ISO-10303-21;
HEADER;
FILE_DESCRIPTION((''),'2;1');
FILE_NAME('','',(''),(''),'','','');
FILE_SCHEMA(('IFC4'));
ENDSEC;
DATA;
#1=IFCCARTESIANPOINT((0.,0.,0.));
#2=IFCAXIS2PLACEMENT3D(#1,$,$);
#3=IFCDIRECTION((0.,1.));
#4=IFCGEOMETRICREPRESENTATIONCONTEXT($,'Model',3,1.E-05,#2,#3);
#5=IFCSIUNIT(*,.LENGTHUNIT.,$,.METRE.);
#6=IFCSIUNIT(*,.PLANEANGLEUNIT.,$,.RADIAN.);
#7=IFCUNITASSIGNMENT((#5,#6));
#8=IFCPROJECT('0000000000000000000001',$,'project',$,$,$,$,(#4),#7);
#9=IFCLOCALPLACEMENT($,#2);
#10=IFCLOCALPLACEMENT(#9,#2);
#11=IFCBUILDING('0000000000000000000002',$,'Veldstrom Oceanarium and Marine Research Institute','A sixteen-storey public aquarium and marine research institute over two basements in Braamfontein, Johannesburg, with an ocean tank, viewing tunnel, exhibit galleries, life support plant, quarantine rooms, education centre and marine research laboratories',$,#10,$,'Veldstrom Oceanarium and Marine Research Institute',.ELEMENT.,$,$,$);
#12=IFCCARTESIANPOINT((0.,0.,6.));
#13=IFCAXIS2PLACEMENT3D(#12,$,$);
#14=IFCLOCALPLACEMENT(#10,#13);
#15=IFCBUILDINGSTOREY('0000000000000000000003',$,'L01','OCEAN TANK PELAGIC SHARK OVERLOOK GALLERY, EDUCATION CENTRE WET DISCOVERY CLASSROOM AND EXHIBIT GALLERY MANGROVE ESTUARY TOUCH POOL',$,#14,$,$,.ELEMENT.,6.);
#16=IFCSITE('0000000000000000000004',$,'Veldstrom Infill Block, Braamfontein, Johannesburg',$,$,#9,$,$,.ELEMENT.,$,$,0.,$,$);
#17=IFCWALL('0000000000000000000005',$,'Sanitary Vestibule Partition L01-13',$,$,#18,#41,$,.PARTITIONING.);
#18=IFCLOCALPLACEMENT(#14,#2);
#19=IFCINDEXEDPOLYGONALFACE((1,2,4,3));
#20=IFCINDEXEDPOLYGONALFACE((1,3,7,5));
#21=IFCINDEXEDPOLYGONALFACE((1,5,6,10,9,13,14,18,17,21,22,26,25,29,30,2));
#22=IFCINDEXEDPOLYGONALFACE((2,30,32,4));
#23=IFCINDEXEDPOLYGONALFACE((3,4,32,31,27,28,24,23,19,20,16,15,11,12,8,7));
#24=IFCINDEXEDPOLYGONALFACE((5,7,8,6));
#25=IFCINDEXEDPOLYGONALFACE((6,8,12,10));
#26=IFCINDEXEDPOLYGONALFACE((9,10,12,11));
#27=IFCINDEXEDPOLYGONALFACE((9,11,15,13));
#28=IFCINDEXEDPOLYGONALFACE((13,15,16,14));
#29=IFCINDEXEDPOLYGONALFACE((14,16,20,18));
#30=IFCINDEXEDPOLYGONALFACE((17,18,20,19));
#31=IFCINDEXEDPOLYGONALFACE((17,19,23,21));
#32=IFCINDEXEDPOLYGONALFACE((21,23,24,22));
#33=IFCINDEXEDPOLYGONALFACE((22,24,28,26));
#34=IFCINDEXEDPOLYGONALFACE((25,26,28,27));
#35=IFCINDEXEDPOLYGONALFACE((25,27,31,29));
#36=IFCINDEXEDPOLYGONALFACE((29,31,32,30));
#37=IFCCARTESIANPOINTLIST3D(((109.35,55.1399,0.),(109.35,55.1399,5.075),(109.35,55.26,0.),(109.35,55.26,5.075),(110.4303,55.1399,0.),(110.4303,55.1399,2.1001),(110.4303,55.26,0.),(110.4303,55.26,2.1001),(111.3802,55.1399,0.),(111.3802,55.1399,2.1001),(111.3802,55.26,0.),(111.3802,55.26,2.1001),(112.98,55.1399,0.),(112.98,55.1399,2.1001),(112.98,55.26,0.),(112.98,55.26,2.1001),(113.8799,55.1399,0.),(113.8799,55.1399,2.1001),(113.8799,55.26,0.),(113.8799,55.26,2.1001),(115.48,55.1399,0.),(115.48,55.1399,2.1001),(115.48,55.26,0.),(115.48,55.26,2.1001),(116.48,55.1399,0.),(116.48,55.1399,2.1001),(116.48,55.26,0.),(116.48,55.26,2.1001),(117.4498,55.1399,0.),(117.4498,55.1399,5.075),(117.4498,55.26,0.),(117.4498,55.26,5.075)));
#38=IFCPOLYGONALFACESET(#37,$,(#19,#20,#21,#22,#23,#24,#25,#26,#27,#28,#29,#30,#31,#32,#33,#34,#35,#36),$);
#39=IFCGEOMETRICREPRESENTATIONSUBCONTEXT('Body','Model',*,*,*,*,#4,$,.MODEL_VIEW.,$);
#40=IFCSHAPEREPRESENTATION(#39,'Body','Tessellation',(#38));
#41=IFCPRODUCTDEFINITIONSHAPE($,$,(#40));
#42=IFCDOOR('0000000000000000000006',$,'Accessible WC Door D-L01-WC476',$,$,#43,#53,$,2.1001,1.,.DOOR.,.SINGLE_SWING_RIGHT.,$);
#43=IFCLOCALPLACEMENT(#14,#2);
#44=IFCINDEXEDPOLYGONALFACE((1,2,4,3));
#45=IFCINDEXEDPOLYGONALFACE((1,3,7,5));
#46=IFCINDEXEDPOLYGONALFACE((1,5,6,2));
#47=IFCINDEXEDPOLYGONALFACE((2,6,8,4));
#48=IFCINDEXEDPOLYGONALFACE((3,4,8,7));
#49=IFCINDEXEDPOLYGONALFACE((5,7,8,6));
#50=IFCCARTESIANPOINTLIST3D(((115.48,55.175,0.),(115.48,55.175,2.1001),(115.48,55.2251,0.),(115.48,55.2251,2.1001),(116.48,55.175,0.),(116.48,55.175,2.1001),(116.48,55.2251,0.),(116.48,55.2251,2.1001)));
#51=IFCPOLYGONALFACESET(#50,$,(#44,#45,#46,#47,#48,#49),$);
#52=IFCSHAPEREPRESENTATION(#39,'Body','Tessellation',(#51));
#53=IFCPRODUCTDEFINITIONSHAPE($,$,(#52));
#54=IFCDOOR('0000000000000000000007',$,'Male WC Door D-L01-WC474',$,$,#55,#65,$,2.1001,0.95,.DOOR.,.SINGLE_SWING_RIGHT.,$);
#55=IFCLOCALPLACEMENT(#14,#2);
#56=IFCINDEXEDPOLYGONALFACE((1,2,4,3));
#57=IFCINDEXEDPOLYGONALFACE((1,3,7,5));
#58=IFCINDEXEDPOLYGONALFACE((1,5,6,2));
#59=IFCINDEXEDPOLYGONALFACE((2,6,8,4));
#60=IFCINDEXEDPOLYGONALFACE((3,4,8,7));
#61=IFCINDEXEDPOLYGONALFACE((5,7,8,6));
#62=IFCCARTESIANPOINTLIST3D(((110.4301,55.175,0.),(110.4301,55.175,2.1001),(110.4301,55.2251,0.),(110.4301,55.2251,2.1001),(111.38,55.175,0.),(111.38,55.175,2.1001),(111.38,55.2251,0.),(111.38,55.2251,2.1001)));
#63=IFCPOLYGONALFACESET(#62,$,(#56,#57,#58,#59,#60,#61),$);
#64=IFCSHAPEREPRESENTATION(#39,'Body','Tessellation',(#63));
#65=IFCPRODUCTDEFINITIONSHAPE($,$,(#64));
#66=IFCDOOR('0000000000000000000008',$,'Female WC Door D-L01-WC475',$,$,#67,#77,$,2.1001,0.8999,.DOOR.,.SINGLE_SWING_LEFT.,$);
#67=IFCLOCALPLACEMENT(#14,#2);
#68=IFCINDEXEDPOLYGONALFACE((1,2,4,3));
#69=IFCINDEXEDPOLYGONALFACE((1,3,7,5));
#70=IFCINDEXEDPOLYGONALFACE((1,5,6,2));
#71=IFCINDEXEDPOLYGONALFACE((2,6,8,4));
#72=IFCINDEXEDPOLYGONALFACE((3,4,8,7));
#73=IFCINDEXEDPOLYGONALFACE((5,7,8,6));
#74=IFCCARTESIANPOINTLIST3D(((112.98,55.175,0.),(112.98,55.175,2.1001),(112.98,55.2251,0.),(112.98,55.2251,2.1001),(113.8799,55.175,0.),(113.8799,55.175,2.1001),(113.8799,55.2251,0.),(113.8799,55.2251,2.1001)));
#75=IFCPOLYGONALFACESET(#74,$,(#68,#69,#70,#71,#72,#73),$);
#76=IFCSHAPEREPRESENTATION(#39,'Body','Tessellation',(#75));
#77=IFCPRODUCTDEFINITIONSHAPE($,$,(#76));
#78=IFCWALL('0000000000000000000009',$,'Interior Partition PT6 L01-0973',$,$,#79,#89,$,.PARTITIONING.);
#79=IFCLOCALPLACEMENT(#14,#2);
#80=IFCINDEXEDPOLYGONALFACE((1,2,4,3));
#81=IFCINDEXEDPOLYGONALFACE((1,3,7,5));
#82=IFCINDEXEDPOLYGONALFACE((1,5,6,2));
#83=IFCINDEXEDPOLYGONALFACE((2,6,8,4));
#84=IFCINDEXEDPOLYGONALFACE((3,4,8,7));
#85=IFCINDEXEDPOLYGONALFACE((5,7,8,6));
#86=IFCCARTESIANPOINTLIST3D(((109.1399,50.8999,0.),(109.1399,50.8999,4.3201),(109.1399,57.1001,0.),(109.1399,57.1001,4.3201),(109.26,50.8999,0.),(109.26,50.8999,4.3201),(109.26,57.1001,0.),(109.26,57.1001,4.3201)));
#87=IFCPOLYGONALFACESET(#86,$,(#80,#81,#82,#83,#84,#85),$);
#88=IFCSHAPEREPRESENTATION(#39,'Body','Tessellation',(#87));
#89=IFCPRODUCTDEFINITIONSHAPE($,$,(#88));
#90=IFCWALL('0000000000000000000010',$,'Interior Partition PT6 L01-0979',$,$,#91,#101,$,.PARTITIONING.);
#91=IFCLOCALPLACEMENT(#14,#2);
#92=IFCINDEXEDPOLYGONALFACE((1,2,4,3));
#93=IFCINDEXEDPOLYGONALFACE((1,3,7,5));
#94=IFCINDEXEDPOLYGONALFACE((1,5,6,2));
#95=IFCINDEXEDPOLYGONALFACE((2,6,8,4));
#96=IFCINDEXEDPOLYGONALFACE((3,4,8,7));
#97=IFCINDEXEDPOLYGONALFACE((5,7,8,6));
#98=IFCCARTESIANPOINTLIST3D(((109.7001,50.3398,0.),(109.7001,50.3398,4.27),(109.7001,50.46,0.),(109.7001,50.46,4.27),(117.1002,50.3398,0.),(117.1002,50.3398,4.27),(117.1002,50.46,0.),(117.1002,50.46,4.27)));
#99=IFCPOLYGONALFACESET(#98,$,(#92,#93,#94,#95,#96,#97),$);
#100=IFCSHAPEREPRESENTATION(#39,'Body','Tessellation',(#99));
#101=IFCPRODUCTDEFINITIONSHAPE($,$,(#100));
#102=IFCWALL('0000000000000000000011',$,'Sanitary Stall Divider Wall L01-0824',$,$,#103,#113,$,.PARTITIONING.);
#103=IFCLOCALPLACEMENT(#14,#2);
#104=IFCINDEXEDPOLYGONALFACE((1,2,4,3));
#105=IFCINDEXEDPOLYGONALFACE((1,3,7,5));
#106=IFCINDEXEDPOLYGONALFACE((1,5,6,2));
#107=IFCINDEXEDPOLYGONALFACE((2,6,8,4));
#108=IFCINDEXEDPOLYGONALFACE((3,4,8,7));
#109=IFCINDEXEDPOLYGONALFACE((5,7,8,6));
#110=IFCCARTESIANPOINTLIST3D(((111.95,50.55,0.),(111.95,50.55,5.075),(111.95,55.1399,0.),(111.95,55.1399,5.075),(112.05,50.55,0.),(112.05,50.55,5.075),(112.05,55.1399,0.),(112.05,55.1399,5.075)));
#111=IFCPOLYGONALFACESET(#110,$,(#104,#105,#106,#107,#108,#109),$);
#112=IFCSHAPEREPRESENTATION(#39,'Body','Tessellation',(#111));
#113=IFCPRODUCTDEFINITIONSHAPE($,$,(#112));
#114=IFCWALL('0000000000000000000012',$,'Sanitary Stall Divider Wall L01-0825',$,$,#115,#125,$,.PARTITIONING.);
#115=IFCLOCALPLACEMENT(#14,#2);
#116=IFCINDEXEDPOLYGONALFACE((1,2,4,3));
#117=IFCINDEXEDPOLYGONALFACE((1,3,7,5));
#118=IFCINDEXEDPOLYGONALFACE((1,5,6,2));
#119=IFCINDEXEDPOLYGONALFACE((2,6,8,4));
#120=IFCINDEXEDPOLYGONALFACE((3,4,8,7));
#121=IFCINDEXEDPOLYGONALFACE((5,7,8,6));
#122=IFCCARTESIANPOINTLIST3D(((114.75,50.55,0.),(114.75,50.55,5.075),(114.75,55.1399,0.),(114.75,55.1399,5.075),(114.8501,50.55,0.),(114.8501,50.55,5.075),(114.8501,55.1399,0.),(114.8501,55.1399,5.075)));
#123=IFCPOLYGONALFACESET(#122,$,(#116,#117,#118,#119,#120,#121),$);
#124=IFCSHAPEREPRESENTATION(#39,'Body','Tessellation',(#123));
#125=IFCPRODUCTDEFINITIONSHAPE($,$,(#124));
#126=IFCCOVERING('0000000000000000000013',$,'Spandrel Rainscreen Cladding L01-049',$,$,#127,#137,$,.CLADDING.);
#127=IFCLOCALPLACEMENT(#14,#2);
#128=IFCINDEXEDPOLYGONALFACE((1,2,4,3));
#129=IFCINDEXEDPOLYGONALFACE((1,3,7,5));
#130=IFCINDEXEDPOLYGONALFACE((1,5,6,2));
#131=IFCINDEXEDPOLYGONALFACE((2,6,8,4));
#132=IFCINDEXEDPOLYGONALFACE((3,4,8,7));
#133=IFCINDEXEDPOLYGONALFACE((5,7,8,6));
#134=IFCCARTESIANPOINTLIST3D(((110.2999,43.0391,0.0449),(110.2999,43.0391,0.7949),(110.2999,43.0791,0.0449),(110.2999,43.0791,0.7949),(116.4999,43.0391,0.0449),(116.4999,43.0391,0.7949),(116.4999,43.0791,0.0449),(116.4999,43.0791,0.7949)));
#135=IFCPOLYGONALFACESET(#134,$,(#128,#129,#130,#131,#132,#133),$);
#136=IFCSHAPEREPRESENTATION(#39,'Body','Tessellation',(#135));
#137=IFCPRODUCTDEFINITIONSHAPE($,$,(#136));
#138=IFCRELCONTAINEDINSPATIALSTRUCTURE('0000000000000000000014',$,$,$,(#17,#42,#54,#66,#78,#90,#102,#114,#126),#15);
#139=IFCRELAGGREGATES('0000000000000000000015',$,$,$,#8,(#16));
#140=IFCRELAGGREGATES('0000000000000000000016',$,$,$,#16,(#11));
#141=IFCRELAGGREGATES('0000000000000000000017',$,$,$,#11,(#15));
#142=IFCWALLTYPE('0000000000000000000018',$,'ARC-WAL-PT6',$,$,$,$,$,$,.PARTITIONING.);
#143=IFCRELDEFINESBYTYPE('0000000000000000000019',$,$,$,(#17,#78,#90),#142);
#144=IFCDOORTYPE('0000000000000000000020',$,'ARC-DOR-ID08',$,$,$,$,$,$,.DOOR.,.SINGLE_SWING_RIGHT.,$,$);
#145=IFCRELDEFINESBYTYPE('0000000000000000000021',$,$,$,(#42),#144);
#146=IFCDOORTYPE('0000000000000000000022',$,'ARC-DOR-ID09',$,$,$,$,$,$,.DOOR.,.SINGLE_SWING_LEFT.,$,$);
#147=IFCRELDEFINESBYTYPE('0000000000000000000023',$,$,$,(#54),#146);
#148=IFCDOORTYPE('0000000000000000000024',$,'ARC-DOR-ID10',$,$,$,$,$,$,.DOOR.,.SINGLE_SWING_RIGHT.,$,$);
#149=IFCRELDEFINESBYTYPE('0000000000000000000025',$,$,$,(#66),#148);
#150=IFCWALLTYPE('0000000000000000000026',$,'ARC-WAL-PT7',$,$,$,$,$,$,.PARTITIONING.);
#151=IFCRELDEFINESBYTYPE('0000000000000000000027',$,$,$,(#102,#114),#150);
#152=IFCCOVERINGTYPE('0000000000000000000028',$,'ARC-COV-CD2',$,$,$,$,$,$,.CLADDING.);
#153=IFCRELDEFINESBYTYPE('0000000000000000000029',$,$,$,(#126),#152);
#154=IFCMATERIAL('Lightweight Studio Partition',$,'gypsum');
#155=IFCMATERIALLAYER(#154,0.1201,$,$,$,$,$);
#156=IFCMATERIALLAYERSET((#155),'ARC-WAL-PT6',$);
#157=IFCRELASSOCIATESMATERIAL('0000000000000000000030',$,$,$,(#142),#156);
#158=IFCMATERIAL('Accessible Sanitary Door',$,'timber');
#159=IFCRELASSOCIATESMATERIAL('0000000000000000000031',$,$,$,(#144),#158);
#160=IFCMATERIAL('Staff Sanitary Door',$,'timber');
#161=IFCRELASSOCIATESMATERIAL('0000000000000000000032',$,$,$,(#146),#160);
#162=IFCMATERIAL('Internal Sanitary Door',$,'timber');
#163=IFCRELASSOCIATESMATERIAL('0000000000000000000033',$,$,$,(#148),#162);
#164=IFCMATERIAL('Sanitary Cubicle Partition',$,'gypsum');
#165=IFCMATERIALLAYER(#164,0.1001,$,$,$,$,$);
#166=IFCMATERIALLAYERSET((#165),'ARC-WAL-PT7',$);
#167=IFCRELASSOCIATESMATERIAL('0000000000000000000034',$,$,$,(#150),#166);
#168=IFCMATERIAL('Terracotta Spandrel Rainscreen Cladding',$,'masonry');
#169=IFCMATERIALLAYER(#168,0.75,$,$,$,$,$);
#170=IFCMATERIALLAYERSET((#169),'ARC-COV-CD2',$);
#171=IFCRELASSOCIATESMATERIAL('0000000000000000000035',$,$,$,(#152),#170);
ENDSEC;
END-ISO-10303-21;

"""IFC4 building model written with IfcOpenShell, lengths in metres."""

from ifc_helpers import new_model, si_unit, direction, frame, frame_2d, origin, origin_2d, place, context, subcontext, project, spatial, rectangle, extrude, material, layer, layer_set, type_object, element, fill, save


model = new_model("IFC4")

# Units and contexts
model_context = context("Model", 3, precision=1e-05, world=origin(), true_north=direction((0.0, 1.0)))
body_context = subcontext(model_context, "Body", "Model", "MODEL_VIEW")
ifc_project = project(units=[si_unit("LENGTHUNIT", "METRE"), si_unit("PLANEANGLEUNIT", "RADIAN")], contexts=[model_context])

# Site, building, storey
site_placement = place(None, origin())
site = spatial("IfcSite", under=ifc_project, at=site_placement, Name="Veldstrom Infill Block, Braamfontein, Johannesburg", CompositionType="ELEMENT", RefElevation=0.0)
building_placement = place(site_placement, origin())
building = spatial("IfcBuilding", under=site, at=building_placement, Name="Veldstrom Oceanarium and Marine Research Institute", Description="A sixteen-storey public aquarium and marine research institute over two basements in Braamfontein, Johannesburg, with an ocean tank, viewing tunnel, exhibit galleries, life support plant, quarantine rooms, education centre and marine research laboratories", LongName="Veldstrom Oceanarium and Marine Research Institute", CompositionType="ELEMENT")
storey_placement = place(building_placement, frame((0.0, 0.0, 6.0)))
storey = spatial("IfcBuildingStorey", under=building, at=storey_placement, Name="L01", Description="OCEAN TANK PELAGIC SHARK OVERLOOK GALLERY, EDUCATION CENTRE WET DISCOVERY CLASSROOM AND EXHIBIT GALLERY MANGROVE ESTUARY TOUCH POOL", CompositionType="ELEMENT", Elevation=6.0)

# Wall, openings, doors
ifc_material_1 = material(Name="Lightweight Studio Partition", Category="gypsum")
ifc_layer_1 = layer(ifc_material_1, 0.1201)
ifc_layer_set_1 = layer_set([ifc_layer_1], Name="ARC-WAL-PT6")
wall_type_1 = type_object("IfcWallType", Name="ARC-WAL-PT6", PredefinedType="PARTITIONING", material=ifc_layer_set_1)
wall_1_placement = place(storey_placement, frame((109.3501, 55.2, 0.0), z_axis=(0.0, 0.0, 1.0), x_axis=(1.0, 0.0, 0.0)))
wall_1 = element("IfcWall", 1, at=wall_1_placement, inside=storey, type_object=wall_type_1, Name="Sanitary Vestibule Partition L01-13", PredefinedType="PARTITIONING", context=body_context, shape_type="SweptSolid", body=[
    extrude(rectangle(XDim=8.0999, YDim=0.1201, at=frame_2d((4.0498, 0.0))), origin(), (0.0, 0.0, 1.0), 5.075),
])
opening_1_placement = place(wall_1_placement, frame((1.0801, 0.0, 0.0)))
opening_1 = element("IfcOpeningElement", 2, at=opening_1_placement, cuts=wall_1, PredefinedType="OPENING", context=body_context, shape_type="SweptSolid", body=[
    extrude(rectangle(XDim=0.95, YDim=2.1001, at=frame_2d((0.4751, 1.05))), frame((0.0, 0.0701, 0.0), z_axis=(0.0, -1.0, 0.0), x_axis=(1.0, 0.0, 0.0)), (0.0, 0.0, 1.0), 0.1401),
])
opening_2_placement = place(wall_1_placement, frame((3.6299, 0.0, 0.0)))
opening_2 = element("IfcOpeningElement", 3, at=opening_2_placement, cuts=wall_1, PredefinedType="OPENING", context=body_context, shape_type="SweptSolid", body=[
    extrude(rectangle(XDim=0.8999, YDim=2.1001, at=frame_2d((0.45, 1.05))), frame((0.0, 0.0701, 0.0), z_axis=(0.0, -1.0, 0.0), x_axis=(1.0, 0.0, 0.0)), (0.0, 0.0, 1.0), 0.1401),
])
opening_3_placement = place(wall_1_placement, frame((6.1299, 0.0, 0.0)))
opening_3 = element("IfcOpeningElement", 4, at=opening_3_placement, cuts=wall_1, PredefinedType="OPENING", context=body_context, shape_type="SweptSolid", body=[
    extrude(rectangle(XDim=1.0, YDim=2.1001, at=frame_2d((0.5, 1.05))), frame((0.0, 0.0701, 0.0), z_axis=(0.0, -1.0, 0.0), x_axis=(1.0, 0.0, 0.0)), (0.0, 0.0, 1.0), 0.1401),
])
ifc_material_2 = material(Name="Accessible Sanitary Door", Category="timber")
door_type_1 = type_object("IfcDoorType", Name="ARC-DOR-ID08", OperationType="SINGLE_SWING_RIGHT", PredefinedType="DOOR", material=ifc_material_2)
door_1_placement = place(opening_3_placement, frame((1.0, 0.0, 0.0), z_axis=(0.0, 0.0, 1.0), x_axis=(-1.0, 0.0, 0.0)))
door_1 = element("IfcDoor", 5, at=door_1_placement, inside=storey, type_object=door_type_1, Name="Accessible WC Door D-L01-WC476", OperationType="SINGLE_SWING_RIGHT", OverallHeight=2.1001, OverallWidth=1.0, PredefinedType="DOOR", context=body_context, shape_type="SweptSolid", body=[
    extrude(rectangle(XDim=1.0, YDim=2.1001, at=frame_2d((0.5, 1.05))), frame((0.0, 0.0249, 0.0), z_axis=(0.0, -1.0, 0.0), x_axis=(1.0, 0.0, 0.0)), (0.0, 0.0, 1.0), 0.05),
])
fill(opening_3, door_1)
ifc_material_3 = material(Name="Staff Sanitary Door", Category="timber")
door_type_2 = type_object("IfcDoorType", Name="ARC-DOR-ID09", OperationType="SINGLE_SWING_LEFT", PredefinedType="DOOR", material=ifc_material_3)
door_2_placement = place(opening_1_placement, frame((0.95, 0.0, 0.0), z_axis=(0.0, 0.0, 1.0), x_axis=(-1.0, 0.0, 0.0)))
door_2 = element("IfcDoor", 6, at=door_2_placement, inside=storey, type_object=door_type_2, Name="Male WC Door D-L01-WC474", OperationType="SINGLE_SWING_RIGHT", OverallHeight=2.1001, OverallWidth=0.95, PredefinedType="DOOR", context=body_context, shape_type="SweptSolid", body=[
    extrude(rectangle(XDim=0.95, YDim=2.1001, at=frame_2d((0.4751, 1.05))), frame((0.0, 0.0249, 0.0), z_axis=(0.0, -1.0, 0.0), x_axis=(1.0, 0.0, 0.0)), (0.0, 0.0, 1.0), 0.05),
])
fill(opening_1, door_2)
ifc_material_4 = material(Name="Internal Sanitary Door", Category="timber")
door_type_3 = type_object("IfcDoorType", Name="ARC-DOR-ID10", OperationType="SINGLE_SWING_RIGHT", PredefinedType="DOOR", material=ifc_material_4)
door_3_placement = place(opening_2_placement, frame((0.8999, 0.0, 0.0), z_axis=(0.0, 0.0, 1.0), x_axis=(-1.0, 0.0, 0.0)))
door_3 = element("IfcDoor", 7, at=door_3_placement, inside=storey, type_object=door_type_3, Name="Female WC Door D-L01-WC475", OperationType="SINGLE_SWING_LEFT", OverallHeight=2.1001, OverallWidth=0.8999, PredefinedType="DOOR", context=body_context, shape_type="SweptSolid", body=[
    extrude(rectangle(XDim=0.8999, YDim=2.1001, at=frame_2d((0.45, 1.05))), frame((0.0, 0.0249, 0.0), z_axis=(0.0, -1.0, 0.0), x_axis=(1.0, 0.0, 0.0)), (0.0, 0.0, 1.0), 0.05),
])
fill(opening_2, door_3)

# Walls
wall_2_placement = place(storey_placement, frame((109.2, 50.8999, 0.0), z_axis=(0.0, 0.0, 1.0), x_axis=(0.0, 1.0, 0.0)))
element("IfcWall", 8, at=wall_2_placement, inside=storey, type_object=wall_type_1, Name="Interior Partition PT6 L01-0973", PredefinedType="PARTITIONING", context=body_context, shape_type="SweptSolid", body=[
    extrude(rectangle(XDim=6.2002, YDim=0.1201, at=frame_2d((3.1001, 0.0))), origin(), (0.0, 0.0, 1.0), 4.3201),
])
wall_3_placement = place(storey_placement, frame((109.7, 50.3999, 0.0), z_axis=(0.0, 0.0, 1.0), x_axis=(1.0, 0.0, 0.0)))
element("IfcWall", 9, at=wall_3_placement, inside=storey, type_object=wall_type_1, Name="Interior Partition PT6 L01-0979", PredefinedType="PARTITIONING", context=body_context, shape_type="SweptSolid", body=[
    extrude(rectangle(XDim=7.4001, YDim=0.1201, at=frame_2d((3.7002, 0.0))), origin(), (0.0, 0.0, 1.0), 4.27),
])
ifc_material_5 = material(Name="Sanitary Cubicle Partition", Category="gypsum")
ifc_layer_2 = layer(ifc_material_5, 0.1001)
ifc_layer_set_2 = layer_set([ifc_layer_2], Name="ARC-WAL-PT7")
wall_type_2 = type_object("IfcWallType", Name="ARC-WAL-PT7", PredefinedType="PARTITIONING", material=ifc_layer_set_2)
for number, where, z_axis, x_axis, name in (
    (10, (112.0, 50.55, 0.0), (0.0, 0.0, 1.0), (0.0, 1.0, 0.0), "Sanitary Stall Divider Wall L01-0824"),
    (11, (114.8, 50.55, 0.0), (0.0, 0.0, 1.0), (0.0, 1.0, 0.0), "Sanitary Stall Divider Wall L01-0825"),
):
    element("IfcWall", number, at=place(storey_placement, frame(where, z_axis=z_axis, x_axis=x_axis)), inside=storey, type_object=wall_type_2, Name=name, PredefinedType="PARTITIONING", context=body_context, shape_type="SweptSolid", body=[
        extrude(rectangle(XDim=4.5898, YDim=0.1001, at=frame_2d((2.2949, 0.0))), origin(), (0.0, 0.0, 1.0), 5.075),
    ])

# Covering
ifc_material_6 = material(Name="Terracotta Spandrel Rainscreen Cladding", Category="masonry")
ifc_layer_3 = layer(ifc_material_6, 0.75)
ifc_layer_set_3 = layer_set([ifc_layer_3], Name="ARC-COV-CD2")
covering_type = type_object("IfcCoveringType", Name="ARC-COV-CD2", PredefinedType="CLADDING", material=ifc_layer_set_3)
covering_placement = place(storey_placement, frame((113.3999, 43.0591, 0.0449), z_axis=(0.0, 0.0, 1.0), x_axis=(1.0, 0.0, 0.0)))
element("IfcCovering", 12, at=covering_placement, inside=storey, type_object=covering_type, Name="Spandrel Rainscreen Cladding L01-049", PredefinedType="CLADDING", context=body_context, shape_type="SweptSolid", body=[
    extrude(rectangle(XDim=6.2, YDim=0.04, at=origin_2d()), origin(), (0.0, 0.0, 1.0), 0.75),
])

save(model, "model.ifc")
